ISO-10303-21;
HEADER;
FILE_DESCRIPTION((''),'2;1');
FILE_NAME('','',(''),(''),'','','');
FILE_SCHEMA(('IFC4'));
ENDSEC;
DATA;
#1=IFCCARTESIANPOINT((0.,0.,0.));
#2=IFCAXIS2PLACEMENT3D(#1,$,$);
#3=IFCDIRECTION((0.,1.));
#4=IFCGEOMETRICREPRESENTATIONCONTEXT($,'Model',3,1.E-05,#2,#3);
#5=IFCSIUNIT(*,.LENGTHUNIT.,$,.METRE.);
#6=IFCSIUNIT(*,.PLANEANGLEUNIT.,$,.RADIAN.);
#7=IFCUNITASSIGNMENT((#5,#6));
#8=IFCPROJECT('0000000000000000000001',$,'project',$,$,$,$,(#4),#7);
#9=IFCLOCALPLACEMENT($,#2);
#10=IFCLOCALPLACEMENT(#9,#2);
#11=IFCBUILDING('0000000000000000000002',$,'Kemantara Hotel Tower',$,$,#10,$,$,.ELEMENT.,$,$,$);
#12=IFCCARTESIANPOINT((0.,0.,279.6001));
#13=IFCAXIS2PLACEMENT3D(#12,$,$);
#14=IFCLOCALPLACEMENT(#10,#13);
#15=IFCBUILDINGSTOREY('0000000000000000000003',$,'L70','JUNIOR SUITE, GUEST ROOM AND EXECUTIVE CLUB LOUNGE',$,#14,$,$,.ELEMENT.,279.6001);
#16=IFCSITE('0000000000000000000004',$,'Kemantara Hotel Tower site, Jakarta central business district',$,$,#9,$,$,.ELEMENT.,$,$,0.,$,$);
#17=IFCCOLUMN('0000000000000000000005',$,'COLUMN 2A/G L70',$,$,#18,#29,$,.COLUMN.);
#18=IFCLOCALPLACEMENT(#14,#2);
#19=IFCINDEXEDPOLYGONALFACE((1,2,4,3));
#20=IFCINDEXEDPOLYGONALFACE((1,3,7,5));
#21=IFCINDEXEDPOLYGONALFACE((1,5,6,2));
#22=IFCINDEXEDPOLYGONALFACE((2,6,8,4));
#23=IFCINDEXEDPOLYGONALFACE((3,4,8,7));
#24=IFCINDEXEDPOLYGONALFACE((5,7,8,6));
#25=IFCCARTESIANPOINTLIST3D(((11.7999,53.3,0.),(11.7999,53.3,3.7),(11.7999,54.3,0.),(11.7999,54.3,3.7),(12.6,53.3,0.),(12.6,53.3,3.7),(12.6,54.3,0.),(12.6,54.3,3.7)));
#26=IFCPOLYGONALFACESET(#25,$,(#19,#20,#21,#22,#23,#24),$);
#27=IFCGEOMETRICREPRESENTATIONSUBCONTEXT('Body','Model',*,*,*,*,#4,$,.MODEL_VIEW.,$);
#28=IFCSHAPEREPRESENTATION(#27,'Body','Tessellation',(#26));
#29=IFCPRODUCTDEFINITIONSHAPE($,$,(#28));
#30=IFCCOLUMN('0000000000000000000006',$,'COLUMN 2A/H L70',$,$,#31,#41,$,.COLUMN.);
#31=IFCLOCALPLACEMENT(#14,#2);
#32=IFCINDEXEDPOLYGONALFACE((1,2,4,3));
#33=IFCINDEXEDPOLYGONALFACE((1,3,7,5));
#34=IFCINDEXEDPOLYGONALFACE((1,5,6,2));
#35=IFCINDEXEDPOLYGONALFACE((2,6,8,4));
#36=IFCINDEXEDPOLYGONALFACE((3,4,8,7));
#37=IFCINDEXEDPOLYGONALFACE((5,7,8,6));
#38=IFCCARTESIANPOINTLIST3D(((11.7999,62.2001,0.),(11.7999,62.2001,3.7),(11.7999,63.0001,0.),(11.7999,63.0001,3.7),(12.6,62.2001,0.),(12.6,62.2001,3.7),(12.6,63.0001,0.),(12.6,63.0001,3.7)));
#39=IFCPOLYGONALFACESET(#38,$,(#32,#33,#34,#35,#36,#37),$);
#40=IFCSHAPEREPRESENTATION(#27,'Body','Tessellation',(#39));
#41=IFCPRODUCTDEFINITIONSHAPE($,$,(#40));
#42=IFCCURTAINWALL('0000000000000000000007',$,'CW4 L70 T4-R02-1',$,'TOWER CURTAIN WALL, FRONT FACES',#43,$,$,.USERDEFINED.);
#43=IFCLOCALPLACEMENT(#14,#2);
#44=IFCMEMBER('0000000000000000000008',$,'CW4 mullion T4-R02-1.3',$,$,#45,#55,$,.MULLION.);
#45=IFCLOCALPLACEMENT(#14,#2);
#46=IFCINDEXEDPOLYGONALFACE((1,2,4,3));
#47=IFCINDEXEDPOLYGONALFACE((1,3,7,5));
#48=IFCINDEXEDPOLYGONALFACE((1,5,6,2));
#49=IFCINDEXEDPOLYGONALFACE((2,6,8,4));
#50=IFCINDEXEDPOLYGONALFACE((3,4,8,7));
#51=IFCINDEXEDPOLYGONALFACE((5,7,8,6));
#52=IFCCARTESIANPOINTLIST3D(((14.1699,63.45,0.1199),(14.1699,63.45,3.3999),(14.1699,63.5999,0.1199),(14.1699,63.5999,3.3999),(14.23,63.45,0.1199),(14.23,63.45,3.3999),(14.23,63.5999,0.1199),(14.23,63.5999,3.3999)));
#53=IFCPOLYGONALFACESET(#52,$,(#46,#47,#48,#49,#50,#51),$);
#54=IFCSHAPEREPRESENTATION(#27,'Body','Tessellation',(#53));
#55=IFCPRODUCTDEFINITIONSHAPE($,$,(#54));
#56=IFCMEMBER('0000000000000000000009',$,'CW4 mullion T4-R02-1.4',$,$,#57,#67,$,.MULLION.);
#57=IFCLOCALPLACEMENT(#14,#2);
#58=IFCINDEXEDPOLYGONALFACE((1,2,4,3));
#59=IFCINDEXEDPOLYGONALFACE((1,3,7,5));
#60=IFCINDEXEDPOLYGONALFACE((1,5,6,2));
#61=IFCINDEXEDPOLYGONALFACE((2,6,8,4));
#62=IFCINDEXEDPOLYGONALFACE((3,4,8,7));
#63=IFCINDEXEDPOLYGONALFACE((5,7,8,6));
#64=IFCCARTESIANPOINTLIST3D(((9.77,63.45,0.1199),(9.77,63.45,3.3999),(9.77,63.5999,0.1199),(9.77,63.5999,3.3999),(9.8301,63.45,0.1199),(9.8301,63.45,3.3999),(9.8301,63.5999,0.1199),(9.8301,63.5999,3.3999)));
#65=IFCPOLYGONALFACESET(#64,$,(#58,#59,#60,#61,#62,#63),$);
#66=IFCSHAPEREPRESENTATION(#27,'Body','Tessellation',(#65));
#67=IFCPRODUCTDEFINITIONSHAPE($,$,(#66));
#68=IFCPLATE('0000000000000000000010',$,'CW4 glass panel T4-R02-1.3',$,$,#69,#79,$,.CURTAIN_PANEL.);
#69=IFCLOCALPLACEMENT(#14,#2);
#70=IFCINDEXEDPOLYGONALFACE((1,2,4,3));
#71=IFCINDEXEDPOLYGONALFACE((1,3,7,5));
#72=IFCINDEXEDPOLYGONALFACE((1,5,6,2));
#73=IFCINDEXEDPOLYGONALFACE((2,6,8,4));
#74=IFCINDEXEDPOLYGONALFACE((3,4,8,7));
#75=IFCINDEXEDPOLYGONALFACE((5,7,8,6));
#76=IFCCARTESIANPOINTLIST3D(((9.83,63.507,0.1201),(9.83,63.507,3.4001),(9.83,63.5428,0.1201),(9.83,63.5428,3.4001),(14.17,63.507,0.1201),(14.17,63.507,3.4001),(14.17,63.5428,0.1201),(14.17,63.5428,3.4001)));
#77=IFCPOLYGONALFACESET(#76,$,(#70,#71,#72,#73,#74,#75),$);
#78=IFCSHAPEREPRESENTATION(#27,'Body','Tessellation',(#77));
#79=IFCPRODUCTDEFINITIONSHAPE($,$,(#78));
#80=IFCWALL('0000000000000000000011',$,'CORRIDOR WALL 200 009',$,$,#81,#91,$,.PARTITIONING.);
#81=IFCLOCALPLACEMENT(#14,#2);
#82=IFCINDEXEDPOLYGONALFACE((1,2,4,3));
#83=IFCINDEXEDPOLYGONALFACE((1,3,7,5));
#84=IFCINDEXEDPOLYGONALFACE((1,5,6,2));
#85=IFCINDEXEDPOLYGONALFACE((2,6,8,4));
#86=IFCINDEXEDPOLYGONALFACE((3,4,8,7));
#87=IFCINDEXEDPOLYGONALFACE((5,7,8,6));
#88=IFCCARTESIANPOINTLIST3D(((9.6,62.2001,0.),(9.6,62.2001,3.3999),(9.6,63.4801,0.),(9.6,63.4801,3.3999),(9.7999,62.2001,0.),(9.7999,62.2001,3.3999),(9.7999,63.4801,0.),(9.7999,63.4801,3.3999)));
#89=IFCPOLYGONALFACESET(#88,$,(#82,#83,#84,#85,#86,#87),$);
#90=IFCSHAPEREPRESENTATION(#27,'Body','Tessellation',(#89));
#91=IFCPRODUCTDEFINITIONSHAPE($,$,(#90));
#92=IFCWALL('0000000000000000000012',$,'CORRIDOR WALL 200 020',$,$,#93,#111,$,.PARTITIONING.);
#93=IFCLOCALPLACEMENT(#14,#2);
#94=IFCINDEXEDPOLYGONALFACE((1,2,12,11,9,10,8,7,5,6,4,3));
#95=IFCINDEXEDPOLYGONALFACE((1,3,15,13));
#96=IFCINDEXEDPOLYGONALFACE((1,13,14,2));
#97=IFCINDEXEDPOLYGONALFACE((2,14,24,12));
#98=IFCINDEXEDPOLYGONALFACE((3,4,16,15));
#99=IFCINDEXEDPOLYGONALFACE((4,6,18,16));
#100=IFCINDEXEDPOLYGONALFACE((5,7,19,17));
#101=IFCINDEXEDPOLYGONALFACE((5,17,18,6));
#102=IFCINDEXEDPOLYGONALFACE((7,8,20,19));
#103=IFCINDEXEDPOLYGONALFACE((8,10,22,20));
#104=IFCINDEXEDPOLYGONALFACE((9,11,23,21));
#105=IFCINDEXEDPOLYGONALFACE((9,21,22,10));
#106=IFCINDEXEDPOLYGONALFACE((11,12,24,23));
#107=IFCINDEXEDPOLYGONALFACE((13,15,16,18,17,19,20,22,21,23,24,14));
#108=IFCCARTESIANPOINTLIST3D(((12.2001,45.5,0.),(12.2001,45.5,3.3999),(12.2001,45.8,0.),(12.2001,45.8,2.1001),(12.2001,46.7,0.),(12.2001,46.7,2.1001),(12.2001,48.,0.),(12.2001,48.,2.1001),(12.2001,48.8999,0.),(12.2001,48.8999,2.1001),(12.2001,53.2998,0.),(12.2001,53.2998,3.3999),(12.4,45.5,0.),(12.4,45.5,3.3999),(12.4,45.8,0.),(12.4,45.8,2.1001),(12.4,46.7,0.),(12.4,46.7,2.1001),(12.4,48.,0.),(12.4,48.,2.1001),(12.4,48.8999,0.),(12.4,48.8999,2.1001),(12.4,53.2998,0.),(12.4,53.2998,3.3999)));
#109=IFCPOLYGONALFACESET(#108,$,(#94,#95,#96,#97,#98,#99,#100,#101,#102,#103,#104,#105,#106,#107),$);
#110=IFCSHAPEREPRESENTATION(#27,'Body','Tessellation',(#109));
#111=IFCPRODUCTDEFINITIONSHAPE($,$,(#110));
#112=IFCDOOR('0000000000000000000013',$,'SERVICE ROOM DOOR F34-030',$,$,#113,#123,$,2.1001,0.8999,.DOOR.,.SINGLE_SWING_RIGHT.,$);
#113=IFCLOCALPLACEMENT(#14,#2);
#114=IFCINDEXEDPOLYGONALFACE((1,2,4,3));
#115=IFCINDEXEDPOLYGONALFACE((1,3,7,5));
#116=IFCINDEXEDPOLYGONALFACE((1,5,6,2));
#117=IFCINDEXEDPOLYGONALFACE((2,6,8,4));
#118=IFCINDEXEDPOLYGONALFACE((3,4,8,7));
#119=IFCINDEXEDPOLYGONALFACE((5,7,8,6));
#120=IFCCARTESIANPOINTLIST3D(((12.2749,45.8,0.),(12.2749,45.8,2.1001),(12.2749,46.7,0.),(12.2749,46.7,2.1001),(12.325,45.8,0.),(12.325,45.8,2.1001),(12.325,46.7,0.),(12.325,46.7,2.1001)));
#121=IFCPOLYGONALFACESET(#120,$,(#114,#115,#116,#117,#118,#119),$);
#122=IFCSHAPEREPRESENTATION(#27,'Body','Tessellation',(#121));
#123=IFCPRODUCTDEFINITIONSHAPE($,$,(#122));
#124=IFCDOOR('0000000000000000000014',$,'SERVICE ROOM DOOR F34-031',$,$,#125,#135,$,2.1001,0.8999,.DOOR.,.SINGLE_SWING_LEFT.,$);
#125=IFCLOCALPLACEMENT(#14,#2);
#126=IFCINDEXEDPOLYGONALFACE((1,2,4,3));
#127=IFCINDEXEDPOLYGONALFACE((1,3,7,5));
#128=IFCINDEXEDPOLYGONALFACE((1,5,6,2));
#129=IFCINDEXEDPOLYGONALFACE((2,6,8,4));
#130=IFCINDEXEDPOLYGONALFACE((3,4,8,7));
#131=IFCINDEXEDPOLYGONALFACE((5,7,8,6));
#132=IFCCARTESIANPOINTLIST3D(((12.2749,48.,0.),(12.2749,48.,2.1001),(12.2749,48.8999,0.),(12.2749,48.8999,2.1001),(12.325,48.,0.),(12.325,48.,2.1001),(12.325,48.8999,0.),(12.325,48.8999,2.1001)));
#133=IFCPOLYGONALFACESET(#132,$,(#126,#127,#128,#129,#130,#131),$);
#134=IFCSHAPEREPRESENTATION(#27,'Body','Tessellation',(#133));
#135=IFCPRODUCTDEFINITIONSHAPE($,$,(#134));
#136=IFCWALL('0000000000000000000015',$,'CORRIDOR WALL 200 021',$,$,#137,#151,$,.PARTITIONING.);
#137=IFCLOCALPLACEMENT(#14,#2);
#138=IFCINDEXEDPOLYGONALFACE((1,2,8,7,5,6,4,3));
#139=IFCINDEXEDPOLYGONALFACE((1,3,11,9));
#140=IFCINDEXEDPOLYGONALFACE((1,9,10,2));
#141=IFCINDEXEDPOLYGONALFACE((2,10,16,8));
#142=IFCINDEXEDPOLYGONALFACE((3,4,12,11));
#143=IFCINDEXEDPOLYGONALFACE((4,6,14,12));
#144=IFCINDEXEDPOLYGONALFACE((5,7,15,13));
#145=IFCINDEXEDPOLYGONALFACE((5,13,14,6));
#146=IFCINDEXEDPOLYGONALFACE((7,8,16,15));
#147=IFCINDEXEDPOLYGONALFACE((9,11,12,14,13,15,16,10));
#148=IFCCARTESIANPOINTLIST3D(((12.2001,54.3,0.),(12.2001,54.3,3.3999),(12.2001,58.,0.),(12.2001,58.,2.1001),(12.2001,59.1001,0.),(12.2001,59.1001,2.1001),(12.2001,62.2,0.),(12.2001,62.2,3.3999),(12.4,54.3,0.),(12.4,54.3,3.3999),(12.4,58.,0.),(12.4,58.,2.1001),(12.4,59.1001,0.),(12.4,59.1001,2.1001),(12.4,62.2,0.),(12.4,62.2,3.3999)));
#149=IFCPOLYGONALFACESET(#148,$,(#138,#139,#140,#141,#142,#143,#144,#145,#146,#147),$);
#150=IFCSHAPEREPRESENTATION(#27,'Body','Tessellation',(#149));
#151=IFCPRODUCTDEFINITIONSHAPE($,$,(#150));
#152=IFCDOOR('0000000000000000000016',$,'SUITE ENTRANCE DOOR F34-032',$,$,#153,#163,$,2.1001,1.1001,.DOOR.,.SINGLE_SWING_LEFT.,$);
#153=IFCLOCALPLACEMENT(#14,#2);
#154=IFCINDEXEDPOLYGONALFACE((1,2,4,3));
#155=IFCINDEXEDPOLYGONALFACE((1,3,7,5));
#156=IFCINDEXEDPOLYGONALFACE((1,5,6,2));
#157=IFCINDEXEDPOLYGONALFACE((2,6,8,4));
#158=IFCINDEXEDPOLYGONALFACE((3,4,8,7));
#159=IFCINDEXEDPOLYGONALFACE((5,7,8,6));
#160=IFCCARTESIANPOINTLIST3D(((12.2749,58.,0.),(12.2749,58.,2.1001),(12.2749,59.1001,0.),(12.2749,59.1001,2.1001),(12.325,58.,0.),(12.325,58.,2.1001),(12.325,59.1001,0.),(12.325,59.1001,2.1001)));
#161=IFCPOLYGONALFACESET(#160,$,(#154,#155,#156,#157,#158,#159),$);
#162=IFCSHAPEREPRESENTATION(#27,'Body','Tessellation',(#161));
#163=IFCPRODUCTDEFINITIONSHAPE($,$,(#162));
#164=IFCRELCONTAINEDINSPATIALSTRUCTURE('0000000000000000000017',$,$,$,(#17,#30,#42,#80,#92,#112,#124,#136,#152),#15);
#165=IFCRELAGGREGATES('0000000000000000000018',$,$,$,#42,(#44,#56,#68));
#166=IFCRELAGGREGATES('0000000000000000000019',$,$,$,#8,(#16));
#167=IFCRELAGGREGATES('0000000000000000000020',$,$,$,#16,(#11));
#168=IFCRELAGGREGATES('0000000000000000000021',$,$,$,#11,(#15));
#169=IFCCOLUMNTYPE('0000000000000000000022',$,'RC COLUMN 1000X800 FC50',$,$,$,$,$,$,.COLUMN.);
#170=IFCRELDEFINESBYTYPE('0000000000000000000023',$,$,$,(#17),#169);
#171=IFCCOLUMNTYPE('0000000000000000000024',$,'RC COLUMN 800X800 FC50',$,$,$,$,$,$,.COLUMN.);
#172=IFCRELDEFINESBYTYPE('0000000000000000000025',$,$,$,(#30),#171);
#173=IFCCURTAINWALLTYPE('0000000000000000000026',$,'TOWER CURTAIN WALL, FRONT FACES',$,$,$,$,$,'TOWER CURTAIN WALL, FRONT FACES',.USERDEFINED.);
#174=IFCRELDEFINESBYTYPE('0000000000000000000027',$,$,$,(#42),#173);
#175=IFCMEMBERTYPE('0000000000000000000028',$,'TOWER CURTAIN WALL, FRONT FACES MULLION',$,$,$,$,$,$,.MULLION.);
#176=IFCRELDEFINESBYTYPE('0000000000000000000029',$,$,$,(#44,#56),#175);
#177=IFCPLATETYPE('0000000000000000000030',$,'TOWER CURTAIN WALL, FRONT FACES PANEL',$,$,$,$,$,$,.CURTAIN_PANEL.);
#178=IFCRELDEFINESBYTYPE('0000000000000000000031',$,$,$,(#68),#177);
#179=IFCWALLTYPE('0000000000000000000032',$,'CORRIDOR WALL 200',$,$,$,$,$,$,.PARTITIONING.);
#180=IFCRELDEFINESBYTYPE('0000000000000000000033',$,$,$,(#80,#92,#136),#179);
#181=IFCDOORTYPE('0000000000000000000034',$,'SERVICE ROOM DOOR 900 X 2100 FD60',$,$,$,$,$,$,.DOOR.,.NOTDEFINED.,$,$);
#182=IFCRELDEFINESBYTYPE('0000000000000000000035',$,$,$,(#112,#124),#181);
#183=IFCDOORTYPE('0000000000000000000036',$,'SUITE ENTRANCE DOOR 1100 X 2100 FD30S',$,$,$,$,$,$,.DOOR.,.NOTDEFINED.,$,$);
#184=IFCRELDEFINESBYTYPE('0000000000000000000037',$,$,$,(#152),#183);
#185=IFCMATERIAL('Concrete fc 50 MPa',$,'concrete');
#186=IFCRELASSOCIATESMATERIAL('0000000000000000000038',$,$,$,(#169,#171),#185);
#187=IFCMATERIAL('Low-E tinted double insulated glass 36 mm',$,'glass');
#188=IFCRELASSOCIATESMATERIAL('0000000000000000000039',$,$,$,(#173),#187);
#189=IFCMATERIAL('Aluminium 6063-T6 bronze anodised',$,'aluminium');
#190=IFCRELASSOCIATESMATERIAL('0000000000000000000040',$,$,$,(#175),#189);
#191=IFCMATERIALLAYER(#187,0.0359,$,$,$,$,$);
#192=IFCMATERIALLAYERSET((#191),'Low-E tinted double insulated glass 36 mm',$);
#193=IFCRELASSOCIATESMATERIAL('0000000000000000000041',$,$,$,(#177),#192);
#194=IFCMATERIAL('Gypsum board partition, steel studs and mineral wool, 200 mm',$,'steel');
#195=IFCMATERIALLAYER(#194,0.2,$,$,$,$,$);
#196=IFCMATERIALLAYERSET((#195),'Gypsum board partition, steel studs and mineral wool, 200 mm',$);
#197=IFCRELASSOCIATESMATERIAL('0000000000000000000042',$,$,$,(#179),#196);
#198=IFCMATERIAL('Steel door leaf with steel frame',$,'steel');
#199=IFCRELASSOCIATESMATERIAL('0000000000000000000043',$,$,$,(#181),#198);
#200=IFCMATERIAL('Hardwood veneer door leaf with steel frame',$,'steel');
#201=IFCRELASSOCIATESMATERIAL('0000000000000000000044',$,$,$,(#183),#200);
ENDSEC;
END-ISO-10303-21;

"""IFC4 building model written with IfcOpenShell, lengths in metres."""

from ifc_helpers import new_model, si_unit, direction, frame, frame_2d, origin, origin_2d, place, context, subcontext, project, spatial, rectangle, extrude, source, transform, mapped, material, layer, layer_set, material_profile, profile_set, type_object, element, fill, aggregate, save


model = new_model("IFC4")

# Units and contexts
model_context = context("Model", 3, precision=1e-05, world=origin(), true_north=direction((0.0, 1.0)))
body_context = subcontext(model_context, "Body", "Model", "MODEL_VIEW")
ifc_project = project(units=[si_unit("LENGTHUNIT", "METRE"), si_unit("PLANEANGLEUNIT", "RADIAN")], contexts=[model_context])

# Site, building, storey
site_placement = place(None, origin())
site = spatial("IfcSite", under=ifc_project, at=site_placement, Name="Kemantara Hotel Tower site, Jakarta central business district", CompositionType="ELEMENT", RefElevation=0.0)
building_placement = place(site_placement, origin())
building = spatial("IfcBuilding", under=site, at=building_placement, Name="Kemantara Hotel Tower", CompositionType="ELEMENT")
storey_placement = place(building_placement, frame((0.0, 0.0, 279.6001)))
storey = spatial("IfcBuildingStorey", under=building, at=storey_placement, Name="L70", Description="JUNIOR SUITE, GUEST ROOM AND EXECUTIVE CLUB LOUNGE", CompositionType="ELEMENT", Elevation=279.6001)

# Columns
ifc_material_1 = material(Name="Concrete fc 50 MPa", Category="concrete")
ifc_material_profile_1 = material_profile(ifc_material_1, rectangle(XDim=1.0, YDim=0.8, at=origin_2d()), Name="RC 1000X800")
ifc_profile_set_1 = profile_set([ifc_material_profile_1], Name="Concrete fc 50 MPa")
column_type_1 = type_object("IfcColumnType", Name="RC COLUMN 1000X800 FC50", PredefinedType="COLUMN", material=ifc_profile_set_1)
column_1_placement = place(storey_placement, frame((12.2, 53.8, 0.0), z_axis=(0.0, 0.0, 1.0), x_axis=(0.0, 1.0, 0.0)))
element("IfcColumn", 1, at=column_1_placement, inside=storey, type_object=column_type_1, Name="COLUMN 2A/G L70", PredefinedType="COLUMN", context=body_context, shape_type="SweptSolid", body=[
    extrude(rectangle(XDim=1.0, YDim=0.8, at=origin_2d()), origin(), (0.0, 0.0, 1.0), 3.7),
])
ifc_material_profile_2 = material_profile(ifc_material_1, rectangle(XDim=0.8, YDim=0.8, at=origin_2d()), Name="RC 800X800")
ifc_profile_set_2 = profile_set([ifc_material_profile_2], Name="Concrete fc 50 MPa")
column_type_2 = type_object("IfcColumnType", Name="RC COLUMN 800X800 FC50", PredefinedType="COLUMN", material=ifc_profile_set_2)
column_2_placement = place(storey_placement, frame((12.2, 62.6001, 0.0), z_axis=(0.0, 0.0, 1.0), x_axis=(1.0, 0.0, 0.0)))
element("IfcColumn", 2, at=column_2_placement, inside=storey, type_object=column_type_2, Name="COLUMN 2A/H L70", PredefinedType="COLUMN", context=body_context, shape_type="SweptSolid", body=[
    extrude(rectangle(XDim=0.8, YDim=0.8, at=origin_2d()), origin(), (0.0, 0.0, 1.0), 3.7),
])

# Curtain wall, members, plate
ifc_material_2 = material(Name="Low-E tinted double insulated glass 36 mm", Category="glass")
curtain_wall_type = type_object("IfcCurtainWallType", Name="TOWER CURTAIN WALL, FRONT FACES", ElementType="TOWER CURTAIN WALL, FRONT FACES", PredefinedType="USERDEFINED", material=ifc_material_2)
curtain_wall_placement = place(storey_placement, origin())
curtain_wall = element("IfcCurtainWall", 3, at=curtain_wall_placement, inside=storey, type_object=curtain_wall_type, Name="CW4 L70 T4-R02-1", ObjectType="TOWER CURTAIN WALL, FRONT FACES", PredefinedType="USERDEFINED")
ifc_material_3 = material(Name="Aluminium 6063-T6 bronze anodised", Category="aluminium")
ifc_material_profile_3 = material_profile(ifc_material_3, rectangle(XDim=0.1499, YDim=0.0601, at=origin_2d()), Name="TOWER CURTAIN WALL, FRONT FACES MULLION")
ifc_profile_set_3 = profile_set([ifc_material_profile_3], Name="Aluminium 6063-T6 bronze anodised")
member_type = type_object("IfcMemberType", Name="TOWER CURTAIN WALL, FRONT FACES MULLION", PredefinedType="MULLION", material=ifc_profile_set_3)
shared_shape_1 = source(origin(), body_context, "Body", "SweptSolid", [
    extrude(rectangle(XDim=0.1499, YDim=0.0601, at=origin_2d()), origin(), (0.0, 0.0, 1.0), 3.28),
])
member_1_placement = place(storey_placement, frame((14.2, 63.5249, 0.1199), z_axis=(0.0, 0.0, 1.0), x_axis=(0.0, -1.0, 0.0)))
member_1 = element("IfcMember", 4, at=member_1_placement, type_object=member_type, Name="CW4 mullion T4-R02-1.3", PredefinedType="MULLION", context=body_context, shape_type="MappedRepresentation", body=[
    mapped(shared_shape_1, transform((0.0, 0.0, 0.0))),
])
member_2_placement = place(storey_placement, frame((9.8, 63.5249, 0.1199), z_axis=(0.0, 0.0, 1.0), x_axis=(0.0, -1.0, 0.0)))
member_2 = element("IfcMember", 5, at=member_2_placement, type_object=member_type, Name="CW4 mullion T4-R02-1.4", PredefinedType="MULLION", context=body_context, shape_type="MappedRepresentation", body=[
    mapped(shared_shape_1, transform((0.0, 0.0, 0.0))),
])
ifc_layer_1 = layer(ifc_material_2, 0.0359)
ifc_layer_set_1 = layer_set([ifc_layer_1], Name="Low-E tinted double insulated glass 36 mm")
plate_type = type_object("IfcPlateType", Name="TOWER CURTAIN WALL, FRONT FACES PANEL", PredefinedType="CURTAIN_PANEL", material=ifc_layer_set_1)
shared_shape_2 = source(origin(), body_context, "Body", "SweptSolid", [
    extrude(rectangle(XDim=4.3401, YDim=0.0359, at=origin_2d()), origin(), (0.0, 0.0, 1.0), 3.28),
])
plate_placement = place(storey_placement, frame((12.0, 63.5249, 0.1201), z_axis=(0.0, 0.0, 1.0), x_axis=(-1.0, 0.0, 0.0)))
plate = element("IfcPlate", 6, at=plate_placement, type_object=plate_type, Name="CW4 glass panel T4-R02-1.3", PredefinedType="CURTAIN_PANEL", context=body_context, shape_type="MappedRepresentation", body=[
    mapped(shared_shape_2, transform((0.0, 0.0, 0.0))),
])
aggregate(curtain_wall, [member_1, member_2, plate])

# Wall
ifc_material_4 = material(Name="Gypsum board partition, steel studs and mineral wool, 200 mm", Category="steel")
ifc_layer_2 = layer(ifc_material_4, 0.2)
ifc_layer_set_2 = layer_set([ifc_layer_2], Name="Gypsum board partition, steel studs and mineral wool, 200 mm")
wall_type_1 = type_object("IfcWallType", Name="CORRIDOR WALL 200", PredefinedType="PARTITIONING", material=ifc_layer_set_2)
wall_1_placement = place(storey_placement, frame((9.7, 62.2, 0.0), z_axis=(0.0, 0.0, 1.0), x_axis=(0.0, 1.0, 0.0)))
element("IfcWall", 7, at=wall_1_placement, inside=storey, type_object=wall_type_1, Name="CORRIDOR WALL 200 009", PredefinedType="PARTITIONING", context=body_context, shape_type="SweptSolid", body=[
    extrude(rectangle(XDim=1.28, YDim=0.2, at=frame_2d((0.6401, 0.0))), origin(), (0.0, 0.0, 1.0), 3.3999),
])

# Wall, openings, doors
wall_2_placement = place(storey_placement, frame((12.3, 53.2998, 0.0), z_axis=(0.0, 0.0, 1.0), x_axis=(0.0, -1.0, 0.0)))
wall_2 = element("IfcWall", 8, at=wall_2_placement, inside=storey, type_object=wall_type_1, Name="CORRIDOR WALL 200 020", PredefinedType="PARTITIONING", context=body_context, shape_type="SweptSolid", body=[
    extrude(rectangle(XDim=7.7998, YDim=0.2, at=frame_2d((3.8999, 0.0))), origin(), (0.0, 0.0, 1.0), 3.3999),
])
opening_1_placement = place(wall_2_placement, frame((6.5999, 0.0, 0.0)))
opening_1 = element("IfcOpeningElement", 9, at=opening_1_placement, cuts=wall_2, PredefinedType="OPENING", context=body_context, shape_type="SweptSolid", body=[
    extrude(rectangle(XDim=0.8999, YDim=2.1001, at=frame_2d((0.45, 1.05))), frame((0.0, 0.1099, 0.0), z_axis=(0.0, -1.0, 0.0), x_axis=(1.0, 0.0, 0.0)), (0.0, 0.0, 1.0), 0.22),
])
opening_2_placement = place(wall_2_placement, frame((4.3999, 0.0, 0.0)))
opening_2 = element("IfcOpeningElement", 10, at=opening_2_placement, cuts=wall_2, PredefinedType="OPENING", context=body_context, shape_type="SweptSolid", body=[
    extrude(rectangle(XDim=0.8999, YDim=2.1001, at=frame_2d((0.45, 1.05))), frame((0.0, 0.1099, 0.0), z_axis=(0.0, -1.0, 0.0), x_axis=(1.0, 0.0, 0.0)), (0.0, 0.0, 1.0), 0.22),
])
ifc_material_5 = material(Name="Steel door leaf with steel frame", Category="steel")
door_type_1 = type_object("IfcDoorType", Name="SERVICE ROOM DOOR 900 X 2100 FD60", OperationType="NOTDEFINED", PredefinedType="DOOR", material=ifc_material_5)
door_1_placement = place(opening_1_placement, origin())
door_1 = element("IfcDoor", 11, at=door_1_placement, inside=storey, type_object=door_type_1, Name="SERVICE ROOM DOOR F34-030", OperationType="SINGLE_SWING_RIGHT", OverallHeight=2.1001, OverallWidth=0.8999, PredefinedType="DOOR", context=body_context, shape_type="SweptSolid", body=[
    extrude(rectangle(XDim=0.8999, YDim=2.1001, at=frame_2d((0.45, 1.05))), frame((0.0, 0.0249, 0.0), z_axis=(0.0, -1.0, 0.0), x_axis=(1.0, 0.0, 0.0)), (0.0, 0.0, 1.0), 0.05),
])
fill(opening_1, door_1)
door_2_placement = place(opening_2_placement, origin())
door_2 = element("IfcDoor", 12, at=door_2_placement, inside=storey, type_object=door_type_1, Name="SERVICE ROOM DOOR F34-031", OperationType="SINGLE_SWING_LEFT", OverallHeight=2.1001, OverallWidth=0.8999, PredefinedType="DOOR", context=body_context, shape_type="SweptSolid", body=[
    extrude(rectangle(XDim=0.8999, YDim=2.1001, at=frame_2d((0.45, 1.05))), frame((0.0, 0.0249, 0.0), z_axis=(0.0, -1.0, 0.0), x_axis=(1.0, 0.0, 0.0)), (0.0, 0.0, 1.0), 0.05),
])
fill(opening_2, door_2)

# Wall, opening, door
wall_3_placement = place(storey_placement, frame((12.3, 62.2, 0.0), z_axis=(0.0, 0.0, 1.0), x_axis=(0.0, -1.0, 0.0)))
wall_3 = element("IfcWall", 13, at=wall_3_placement, inside=storey, type_object=wall_type_1, Name="CORRIDOR WALL 200 021", PredefinedType="PARTITIONING", context=body_context, shape_type="SweptSolid", body=[
    extrude(rectangle(XDim=7.8999, YDim=0.2, at=frame_2d((3.95, 0.0))), origin(), (0.0, 0.0, 1.0), 3.3999),
])
opening_3_placement = place(wall_3_placement, frame((3.0999, 0.0, 0.0)))
opening_3 = element("IfcOpeningElement", 14, at=opening_3_placement, cuts=wall_3, PredefinedType="OPENING", context=body_context, shape_type="SweptSolid", body=[
    extrude(rectangle(XDim=1.1001, YDim=2.1001, at=frame_2d((0.55, 1.05))), frame((0.0, 0.1099, 0.0), z_axis=(0.0, -1.0, 0.0), x_axis=(1.0, 0.0, 0.0)), (0.0, 0.0, 1.0), 0.22),
])
ifc_material_6 = material(Name="Hardwood veneer door leaf with steel frame", Category="steel")
door_type_2 = type_object("IfcDoorType", Name="SUITE ENTRANCE DOOR 1100 X 2100 FD30S", OperationType="NOTDEFINED", PredefinedType="DOOR", material=ifc_material_6)
door_3_placement = place(opening_3_placement, origin())
door_3 = element("IfcDoor", 15, at=door_3_placement, inside=storey, type_object=door_type_2, Name="SUITE ENTRANCE DOOR F34-032", OperationType="SINGLE_SWING_LEFT", OverallHeight=2.1001, OverallWidth=1.1001, PredefinedType="DOOR", context=body_context, shape_type="SweptSolid", body=[
    extrude(rectangle(XDim=1.1001, YDim=2.1001, at=frame_2d((0.55, 1.05))), frame((0.0, 0.0249, 0.0), z_axis=(0.0, -1.0, 0.0), x_axis=(1.0, 0.0, 0.0)), (0.0, 0.0, 1.0), 0.05),
])
fill(opening_3, door_3)

save(model, "model.ifc")
